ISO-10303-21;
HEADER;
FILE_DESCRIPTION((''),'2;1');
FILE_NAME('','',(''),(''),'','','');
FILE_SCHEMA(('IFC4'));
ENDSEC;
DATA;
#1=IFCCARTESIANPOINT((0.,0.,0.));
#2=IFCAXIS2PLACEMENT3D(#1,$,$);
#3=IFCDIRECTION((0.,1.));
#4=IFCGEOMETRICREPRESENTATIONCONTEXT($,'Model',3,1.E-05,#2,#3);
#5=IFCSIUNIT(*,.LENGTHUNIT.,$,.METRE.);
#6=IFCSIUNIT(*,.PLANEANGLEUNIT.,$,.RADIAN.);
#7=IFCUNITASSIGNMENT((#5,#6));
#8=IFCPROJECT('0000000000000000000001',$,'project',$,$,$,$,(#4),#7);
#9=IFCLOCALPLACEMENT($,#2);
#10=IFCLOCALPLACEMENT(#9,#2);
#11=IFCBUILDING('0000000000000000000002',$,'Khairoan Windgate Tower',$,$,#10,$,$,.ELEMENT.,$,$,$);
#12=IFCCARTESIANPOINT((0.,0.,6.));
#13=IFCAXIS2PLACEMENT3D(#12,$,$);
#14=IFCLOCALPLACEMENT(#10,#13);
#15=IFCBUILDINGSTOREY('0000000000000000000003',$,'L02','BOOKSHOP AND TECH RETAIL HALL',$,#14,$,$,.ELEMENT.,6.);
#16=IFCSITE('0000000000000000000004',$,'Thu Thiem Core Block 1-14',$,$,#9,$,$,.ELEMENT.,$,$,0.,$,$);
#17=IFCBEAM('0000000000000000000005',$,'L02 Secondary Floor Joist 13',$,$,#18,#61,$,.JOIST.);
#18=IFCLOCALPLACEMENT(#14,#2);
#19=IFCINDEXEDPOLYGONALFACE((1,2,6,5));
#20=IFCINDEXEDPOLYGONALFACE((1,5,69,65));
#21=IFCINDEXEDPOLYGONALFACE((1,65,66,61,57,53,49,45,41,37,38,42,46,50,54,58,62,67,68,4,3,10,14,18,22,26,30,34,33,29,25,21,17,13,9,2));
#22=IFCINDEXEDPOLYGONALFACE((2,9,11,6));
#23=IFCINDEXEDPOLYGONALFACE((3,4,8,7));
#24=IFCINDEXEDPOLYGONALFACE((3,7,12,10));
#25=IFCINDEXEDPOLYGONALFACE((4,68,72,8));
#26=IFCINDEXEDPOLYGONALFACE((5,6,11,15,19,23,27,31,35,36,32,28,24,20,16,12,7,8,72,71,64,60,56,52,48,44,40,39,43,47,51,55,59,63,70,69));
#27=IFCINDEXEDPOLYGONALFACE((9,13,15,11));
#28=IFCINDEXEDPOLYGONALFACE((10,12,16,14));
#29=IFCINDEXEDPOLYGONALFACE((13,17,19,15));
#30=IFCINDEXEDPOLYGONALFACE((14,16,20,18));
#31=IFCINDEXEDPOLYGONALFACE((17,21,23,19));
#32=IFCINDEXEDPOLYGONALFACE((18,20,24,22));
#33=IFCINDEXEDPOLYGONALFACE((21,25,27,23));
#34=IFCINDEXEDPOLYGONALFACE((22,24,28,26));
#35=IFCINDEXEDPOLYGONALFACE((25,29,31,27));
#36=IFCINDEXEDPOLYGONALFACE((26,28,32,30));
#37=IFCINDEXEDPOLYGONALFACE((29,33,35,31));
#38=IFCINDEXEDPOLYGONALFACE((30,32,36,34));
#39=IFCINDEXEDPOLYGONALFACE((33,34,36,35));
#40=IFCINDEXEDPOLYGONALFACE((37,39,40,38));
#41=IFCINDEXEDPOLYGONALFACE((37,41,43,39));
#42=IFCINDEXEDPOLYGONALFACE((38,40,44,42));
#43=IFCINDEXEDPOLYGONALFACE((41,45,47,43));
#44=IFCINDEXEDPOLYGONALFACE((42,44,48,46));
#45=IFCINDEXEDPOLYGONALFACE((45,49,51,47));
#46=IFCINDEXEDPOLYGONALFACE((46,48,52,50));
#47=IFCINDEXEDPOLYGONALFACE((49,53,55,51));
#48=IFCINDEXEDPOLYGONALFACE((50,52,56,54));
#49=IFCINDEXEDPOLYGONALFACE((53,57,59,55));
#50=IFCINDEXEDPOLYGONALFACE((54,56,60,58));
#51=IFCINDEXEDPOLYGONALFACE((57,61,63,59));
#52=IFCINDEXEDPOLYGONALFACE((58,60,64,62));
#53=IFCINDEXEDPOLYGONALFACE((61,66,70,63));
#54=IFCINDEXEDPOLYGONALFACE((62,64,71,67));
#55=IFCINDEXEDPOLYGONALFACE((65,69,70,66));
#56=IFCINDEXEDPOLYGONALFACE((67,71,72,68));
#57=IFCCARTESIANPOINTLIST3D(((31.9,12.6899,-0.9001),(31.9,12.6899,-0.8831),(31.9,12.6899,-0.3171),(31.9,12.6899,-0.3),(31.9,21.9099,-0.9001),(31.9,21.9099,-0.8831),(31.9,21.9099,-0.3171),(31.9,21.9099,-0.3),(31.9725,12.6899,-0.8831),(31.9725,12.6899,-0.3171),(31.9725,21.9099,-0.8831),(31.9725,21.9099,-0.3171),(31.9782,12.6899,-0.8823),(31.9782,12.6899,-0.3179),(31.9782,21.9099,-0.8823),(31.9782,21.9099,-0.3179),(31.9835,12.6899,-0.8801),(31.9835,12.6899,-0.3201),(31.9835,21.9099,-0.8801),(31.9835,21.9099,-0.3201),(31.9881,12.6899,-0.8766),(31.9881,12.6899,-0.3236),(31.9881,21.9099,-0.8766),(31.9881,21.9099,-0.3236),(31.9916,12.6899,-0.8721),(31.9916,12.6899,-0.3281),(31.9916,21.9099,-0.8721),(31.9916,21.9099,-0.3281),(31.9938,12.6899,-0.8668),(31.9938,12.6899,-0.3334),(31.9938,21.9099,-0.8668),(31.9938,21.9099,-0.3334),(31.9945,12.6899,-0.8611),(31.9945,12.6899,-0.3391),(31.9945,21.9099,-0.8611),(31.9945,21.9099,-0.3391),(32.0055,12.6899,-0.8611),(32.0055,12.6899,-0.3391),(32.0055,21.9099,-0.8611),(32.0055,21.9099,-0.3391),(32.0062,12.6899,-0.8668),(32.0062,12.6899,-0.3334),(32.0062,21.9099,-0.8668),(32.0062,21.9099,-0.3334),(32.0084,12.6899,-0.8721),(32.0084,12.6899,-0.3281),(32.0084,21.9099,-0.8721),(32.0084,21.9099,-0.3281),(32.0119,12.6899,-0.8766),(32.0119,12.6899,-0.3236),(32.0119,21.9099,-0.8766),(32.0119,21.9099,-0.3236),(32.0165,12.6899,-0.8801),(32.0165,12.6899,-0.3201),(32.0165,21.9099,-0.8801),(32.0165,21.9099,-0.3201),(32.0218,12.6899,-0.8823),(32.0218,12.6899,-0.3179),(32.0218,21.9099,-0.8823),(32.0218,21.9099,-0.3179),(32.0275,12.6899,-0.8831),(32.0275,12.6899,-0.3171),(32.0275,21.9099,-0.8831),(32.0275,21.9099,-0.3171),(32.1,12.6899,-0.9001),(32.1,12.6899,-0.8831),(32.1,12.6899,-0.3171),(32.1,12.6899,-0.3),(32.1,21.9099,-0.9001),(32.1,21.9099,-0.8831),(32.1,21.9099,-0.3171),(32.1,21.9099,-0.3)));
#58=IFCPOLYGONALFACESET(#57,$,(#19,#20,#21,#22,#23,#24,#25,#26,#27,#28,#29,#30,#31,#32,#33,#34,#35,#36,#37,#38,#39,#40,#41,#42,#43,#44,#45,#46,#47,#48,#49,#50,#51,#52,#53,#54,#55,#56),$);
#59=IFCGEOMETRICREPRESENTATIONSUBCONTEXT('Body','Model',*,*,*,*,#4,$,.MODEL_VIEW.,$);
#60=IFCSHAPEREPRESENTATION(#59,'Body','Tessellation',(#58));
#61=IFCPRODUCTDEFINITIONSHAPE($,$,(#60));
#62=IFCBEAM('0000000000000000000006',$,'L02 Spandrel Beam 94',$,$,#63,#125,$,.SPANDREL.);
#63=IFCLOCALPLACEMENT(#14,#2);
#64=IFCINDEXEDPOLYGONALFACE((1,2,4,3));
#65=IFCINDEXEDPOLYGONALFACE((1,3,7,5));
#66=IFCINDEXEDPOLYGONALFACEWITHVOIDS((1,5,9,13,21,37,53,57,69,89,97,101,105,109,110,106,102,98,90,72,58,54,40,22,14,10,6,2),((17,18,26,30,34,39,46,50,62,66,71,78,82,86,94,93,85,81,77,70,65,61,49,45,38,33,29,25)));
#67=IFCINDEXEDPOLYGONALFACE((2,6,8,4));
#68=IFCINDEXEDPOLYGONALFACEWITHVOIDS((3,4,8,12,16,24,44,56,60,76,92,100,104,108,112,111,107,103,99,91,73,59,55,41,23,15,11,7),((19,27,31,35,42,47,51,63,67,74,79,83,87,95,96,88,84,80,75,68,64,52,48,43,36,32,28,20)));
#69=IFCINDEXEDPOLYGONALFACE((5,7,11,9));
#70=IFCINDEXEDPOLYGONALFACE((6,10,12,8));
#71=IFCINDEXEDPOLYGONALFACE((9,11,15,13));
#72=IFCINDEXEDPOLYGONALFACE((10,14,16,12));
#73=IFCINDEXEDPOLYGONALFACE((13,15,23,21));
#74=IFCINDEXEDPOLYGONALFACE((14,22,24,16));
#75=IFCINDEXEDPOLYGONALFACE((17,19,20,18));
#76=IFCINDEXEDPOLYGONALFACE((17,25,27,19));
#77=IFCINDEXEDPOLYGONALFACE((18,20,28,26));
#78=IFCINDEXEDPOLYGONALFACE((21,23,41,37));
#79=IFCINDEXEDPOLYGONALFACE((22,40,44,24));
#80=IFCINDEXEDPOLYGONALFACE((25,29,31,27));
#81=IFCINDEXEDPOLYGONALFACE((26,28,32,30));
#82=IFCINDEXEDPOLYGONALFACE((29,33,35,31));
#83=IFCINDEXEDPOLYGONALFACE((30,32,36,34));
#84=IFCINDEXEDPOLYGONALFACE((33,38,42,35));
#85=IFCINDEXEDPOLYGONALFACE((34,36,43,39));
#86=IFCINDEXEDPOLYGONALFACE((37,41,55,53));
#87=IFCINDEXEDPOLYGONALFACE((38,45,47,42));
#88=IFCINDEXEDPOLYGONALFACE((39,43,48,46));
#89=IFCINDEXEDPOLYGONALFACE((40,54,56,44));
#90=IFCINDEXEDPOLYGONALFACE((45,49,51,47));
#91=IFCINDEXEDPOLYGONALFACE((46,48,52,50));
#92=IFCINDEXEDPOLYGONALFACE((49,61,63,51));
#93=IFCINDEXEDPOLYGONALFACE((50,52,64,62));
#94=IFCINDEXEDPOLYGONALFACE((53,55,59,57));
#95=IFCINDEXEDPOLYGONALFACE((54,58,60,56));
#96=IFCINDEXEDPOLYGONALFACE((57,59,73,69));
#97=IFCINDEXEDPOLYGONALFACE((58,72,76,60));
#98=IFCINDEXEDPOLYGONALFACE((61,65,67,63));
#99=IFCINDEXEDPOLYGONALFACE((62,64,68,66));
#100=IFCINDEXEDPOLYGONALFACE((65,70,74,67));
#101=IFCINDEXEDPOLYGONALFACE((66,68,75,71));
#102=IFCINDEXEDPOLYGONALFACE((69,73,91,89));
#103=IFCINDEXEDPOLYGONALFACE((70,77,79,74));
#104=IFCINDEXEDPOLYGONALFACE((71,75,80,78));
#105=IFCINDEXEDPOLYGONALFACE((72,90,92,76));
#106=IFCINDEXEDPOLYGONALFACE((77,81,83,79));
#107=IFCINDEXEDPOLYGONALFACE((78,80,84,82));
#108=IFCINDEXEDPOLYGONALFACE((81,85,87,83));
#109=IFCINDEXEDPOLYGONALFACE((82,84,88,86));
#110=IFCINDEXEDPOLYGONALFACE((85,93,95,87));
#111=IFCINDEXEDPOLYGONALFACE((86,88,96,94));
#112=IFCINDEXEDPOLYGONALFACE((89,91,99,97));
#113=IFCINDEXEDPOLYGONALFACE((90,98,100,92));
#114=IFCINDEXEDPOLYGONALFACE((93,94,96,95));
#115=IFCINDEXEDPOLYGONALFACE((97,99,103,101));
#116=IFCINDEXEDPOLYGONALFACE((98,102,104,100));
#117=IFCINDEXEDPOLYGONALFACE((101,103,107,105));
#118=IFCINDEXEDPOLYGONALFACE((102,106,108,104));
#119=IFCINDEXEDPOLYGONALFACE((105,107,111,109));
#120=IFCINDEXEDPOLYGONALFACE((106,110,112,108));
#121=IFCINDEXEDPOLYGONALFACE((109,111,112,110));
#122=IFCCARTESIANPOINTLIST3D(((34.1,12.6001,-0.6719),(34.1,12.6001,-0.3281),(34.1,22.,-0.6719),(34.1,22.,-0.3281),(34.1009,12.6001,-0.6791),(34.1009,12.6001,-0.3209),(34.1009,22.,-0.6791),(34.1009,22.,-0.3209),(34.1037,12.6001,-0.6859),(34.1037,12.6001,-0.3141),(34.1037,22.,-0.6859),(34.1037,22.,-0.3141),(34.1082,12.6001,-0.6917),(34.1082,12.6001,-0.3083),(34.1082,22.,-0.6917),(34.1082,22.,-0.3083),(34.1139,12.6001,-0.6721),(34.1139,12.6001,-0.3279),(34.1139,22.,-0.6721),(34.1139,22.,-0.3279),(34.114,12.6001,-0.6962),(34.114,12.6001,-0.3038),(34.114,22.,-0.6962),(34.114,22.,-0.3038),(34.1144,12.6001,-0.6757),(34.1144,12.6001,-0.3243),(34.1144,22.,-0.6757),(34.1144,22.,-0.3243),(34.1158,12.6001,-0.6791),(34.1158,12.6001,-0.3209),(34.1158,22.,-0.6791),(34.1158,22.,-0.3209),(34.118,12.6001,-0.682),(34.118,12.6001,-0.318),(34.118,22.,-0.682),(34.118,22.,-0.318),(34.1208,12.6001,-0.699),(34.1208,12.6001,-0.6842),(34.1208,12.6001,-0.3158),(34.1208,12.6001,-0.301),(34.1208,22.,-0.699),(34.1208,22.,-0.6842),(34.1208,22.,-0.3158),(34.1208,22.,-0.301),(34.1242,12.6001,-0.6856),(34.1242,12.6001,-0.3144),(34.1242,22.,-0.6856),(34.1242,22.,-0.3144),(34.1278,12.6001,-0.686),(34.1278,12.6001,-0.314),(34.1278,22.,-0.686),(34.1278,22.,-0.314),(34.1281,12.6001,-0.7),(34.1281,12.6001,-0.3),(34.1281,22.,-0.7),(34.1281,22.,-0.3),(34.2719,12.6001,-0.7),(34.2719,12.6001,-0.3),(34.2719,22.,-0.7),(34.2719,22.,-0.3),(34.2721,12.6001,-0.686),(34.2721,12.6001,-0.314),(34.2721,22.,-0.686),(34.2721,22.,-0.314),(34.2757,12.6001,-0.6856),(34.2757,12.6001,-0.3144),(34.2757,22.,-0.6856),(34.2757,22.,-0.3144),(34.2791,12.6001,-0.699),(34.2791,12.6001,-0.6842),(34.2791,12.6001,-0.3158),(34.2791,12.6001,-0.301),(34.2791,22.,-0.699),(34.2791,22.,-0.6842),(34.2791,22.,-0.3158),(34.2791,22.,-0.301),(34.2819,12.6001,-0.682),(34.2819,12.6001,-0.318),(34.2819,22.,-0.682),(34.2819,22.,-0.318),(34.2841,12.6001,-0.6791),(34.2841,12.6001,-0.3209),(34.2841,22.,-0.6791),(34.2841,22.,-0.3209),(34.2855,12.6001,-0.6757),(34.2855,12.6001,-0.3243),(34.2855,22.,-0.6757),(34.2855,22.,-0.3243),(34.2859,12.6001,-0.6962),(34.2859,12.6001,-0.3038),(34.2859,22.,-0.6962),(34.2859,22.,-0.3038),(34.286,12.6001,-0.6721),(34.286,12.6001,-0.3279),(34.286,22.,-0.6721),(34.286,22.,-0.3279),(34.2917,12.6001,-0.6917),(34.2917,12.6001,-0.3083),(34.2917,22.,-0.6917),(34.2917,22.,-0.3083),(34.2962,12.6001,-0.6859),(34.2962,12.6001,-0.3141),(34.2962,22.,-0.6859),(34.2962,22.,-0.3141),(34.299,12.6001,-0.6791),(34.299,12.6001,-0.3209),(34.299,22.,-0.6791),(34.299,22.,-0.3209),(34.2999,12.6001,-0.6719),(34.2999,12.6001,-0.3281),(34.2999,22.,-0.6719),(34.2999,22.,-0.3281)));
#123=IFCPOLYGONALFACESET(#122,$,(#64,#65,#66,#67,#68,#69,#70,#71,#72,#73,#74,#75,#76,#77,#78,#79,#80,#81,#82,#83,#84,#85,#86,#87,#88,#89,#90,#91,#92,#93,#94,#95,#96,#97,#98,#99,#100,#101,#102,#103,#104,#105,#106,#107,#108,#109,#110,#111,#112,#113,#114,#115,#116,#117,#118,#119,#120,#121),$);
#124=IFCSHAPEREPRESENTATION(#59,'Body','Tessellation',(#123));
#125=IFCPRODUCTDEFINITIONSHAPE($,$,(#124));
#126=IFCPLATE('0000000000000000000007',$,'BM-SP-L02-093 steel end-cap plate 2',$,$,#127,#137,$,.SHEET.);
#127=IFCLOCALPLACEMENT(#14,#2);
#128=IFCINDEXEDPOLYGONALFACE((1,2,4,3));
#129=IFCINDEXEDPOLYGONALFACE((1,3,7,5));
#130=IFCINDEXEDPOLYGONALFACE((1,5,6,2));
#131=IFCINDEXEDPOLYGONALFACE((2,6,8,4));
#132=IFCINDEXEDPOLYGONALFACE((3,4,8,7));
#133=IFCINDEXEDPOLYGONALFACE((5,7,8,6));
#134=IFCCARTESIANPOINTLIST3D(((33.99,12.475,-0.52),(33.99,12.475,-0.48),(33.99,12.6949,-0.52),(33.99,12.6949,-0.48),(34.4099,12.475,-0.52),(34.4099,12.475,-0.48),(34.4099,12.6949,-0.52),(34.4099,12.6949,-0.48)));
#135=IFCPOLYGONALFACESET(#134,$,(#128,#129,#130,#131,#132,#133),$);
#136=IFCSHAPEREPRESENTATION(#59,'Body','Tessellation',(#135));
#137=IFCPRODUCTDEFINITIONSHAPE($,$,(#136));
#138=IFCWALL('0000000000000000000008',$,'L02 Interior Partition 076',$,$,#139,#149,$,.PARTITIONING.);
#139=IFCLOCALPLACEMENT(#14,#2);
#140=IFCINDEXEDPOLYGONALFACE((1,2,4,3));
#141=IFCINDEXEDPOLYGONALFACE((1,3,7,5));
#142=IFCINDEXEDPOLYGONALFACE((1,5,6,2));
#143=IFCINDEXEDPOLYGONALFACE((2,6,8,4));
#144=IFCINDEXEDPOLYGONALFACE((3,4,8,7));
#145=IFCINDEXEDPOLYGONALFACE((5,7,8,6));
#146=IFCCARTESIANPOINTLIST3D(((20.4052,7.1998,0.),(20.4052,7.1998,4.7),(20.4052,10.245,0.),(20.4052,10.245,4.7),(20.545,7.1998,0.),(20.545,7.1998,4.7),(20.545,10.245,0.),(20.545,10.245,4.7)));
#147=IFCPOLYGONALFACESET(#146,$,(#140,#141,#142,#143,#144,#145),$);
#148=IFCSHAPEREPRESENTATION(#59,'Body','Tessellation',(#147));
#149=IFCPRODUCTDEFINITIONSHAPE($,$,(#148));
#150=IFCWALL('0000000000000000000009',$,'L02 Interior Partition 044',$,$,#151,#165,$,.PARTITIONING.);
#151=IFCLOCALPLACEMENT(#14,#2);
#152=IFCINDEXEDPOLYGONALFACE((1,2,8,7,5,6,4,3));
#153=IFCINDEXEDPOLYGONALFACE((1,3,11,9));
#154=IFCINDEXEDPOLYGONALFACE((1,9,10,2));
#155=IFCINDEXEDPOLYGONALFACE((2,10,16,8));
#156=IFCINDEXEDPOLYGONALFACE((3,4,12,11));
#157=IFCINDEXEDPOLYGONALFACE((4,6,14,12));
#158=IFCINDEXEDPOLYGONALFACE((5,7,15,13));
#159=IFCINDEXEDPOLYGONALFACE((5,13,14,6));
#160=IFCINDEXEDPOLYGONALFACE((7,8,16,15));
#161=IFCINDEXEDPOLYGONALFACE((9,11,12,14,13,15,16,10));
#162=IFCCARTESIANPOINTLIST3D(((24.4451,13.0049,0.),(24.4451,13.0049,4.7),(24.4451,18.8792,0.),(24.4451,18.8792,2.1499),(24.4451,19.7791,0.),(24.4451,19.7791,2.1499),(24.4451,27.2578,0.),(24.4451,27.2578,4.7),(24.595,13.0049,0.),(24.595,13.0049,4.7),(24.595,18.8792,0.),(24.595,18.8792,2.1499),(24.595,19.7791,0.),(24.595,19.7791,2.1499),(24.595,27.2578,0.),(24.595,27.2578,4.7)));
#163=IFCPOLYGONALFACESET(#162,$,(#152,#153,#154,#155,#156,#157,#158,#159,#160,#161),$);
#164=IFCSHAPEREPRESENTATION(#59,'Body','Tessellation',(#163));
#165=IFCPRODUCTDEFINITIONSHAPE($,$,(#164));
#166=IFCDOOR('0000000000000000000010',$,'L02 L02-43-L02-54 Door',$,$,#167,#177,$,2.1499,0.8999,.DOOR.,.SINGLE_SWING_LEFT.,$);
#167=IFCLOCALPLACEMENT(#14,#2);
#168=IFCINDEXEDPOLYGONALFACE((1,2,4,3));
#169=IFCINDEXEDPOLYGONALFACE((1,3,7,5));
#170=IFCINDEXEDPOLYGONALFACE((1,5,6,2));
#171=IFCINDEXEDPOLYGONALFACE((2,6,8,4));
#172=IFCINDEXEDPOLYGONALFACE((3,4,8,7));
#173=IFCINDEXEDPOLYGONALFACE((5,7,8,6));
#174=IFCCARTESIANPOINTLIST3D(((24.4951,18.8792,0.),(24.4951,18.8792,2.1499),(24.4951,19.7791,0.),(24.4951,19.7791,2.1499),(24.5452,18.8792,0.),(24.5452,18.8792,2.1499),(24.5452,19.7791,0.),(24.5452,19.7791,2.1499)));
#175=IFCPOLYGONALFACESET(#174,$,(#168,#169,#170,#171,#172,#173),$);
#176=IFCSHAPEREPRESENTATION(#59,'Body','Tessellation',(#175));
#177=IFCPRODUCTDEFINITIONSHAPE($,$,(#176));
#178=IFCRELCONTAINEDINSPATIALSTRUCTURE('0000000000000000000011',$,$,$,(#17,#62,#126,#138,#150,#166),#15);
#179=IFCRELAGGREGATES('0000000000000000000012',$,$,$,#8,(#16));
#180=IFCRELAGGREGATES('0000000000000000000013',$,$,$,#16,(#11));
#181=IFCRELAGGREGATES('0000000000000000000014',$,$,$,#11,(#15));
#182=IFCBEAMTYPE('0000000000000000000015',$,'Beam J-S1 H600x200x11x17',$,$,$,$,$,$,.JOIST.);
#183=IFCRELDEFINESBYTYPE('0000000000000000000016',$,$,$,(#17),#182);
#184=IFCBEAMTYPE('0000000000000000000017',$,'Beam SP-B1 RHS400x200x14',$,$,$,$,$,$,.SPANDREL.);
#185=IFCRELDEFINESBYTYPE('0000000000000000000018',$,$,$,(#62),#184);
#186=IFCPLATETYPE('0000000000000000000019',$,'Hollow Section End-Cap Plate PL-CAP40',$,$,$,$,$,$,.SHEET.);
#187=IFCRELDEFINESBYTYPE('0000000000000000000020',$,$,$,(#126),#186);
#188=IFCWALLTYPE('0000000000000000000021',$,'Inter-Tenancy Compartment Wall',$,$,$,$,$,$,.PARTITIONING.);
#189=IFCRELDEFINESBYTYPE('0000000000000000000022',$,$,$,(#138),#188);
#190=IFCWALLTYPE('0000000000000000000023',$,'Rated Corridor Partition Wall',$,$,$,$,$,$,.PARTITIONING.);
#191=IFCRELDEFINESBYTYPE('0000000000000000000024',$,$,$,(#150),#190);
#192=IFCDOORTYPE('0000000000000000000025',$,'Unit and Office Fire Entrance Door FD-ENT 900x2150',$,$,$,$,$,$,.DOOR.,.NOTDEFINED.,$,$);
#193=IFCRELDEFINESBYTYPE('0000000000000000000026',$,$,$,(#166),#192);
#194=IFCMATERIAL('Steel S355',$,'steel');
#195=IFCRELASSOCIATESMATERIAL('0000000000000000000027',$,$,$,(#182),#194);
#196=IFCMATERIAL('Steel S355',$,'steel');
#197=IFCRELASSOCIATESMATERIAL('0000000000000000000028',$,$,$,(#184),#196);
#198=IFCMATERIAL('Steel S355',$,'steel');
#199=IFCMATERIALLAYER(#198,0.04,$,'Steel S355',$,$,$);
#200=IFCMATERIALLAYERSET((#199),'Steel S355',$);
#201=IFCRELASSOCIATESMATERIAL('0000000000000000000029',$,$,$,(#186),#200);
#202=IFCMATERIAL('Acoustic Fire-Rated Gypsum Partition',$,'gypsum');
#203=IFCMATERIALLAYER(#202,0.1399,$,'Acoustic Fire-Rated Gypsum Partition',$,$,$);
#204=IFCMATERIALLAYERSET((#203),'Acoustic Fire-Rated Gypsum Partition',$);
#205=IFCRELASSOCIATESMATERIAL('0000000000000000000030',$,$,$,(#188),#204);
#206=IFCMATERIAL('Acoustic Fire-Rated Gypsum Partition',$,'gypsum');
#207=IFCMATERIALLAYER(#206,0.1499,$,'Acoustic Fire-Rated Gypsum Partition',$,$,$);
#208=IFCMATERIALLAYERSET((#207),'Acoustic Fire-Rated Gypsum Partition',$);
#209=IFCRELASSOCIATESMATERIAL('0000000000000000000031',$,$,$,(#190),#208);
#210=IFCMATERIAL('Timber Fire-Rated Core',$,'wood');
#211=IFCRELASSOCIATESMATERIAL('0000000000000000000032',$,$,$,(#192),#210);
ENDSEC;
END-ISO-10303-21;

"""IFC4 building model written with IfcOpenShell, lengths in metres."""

from ifc_helpers import new_model, si_unit, direction, frame, frame_2d, origin, origin_2d, place, context, subcontext, project, spatial, rectangle, hollow_rectangle, i_section, extrude, material, layer, layer_set, material_profile, profile_set, type_object, element, fill, save


model = new_model("IFC4")

# Units and contexts
model_context = context("Model", 3, precision=1e-05, world=origin(), true_north=direction((0.0, 1.0)))
body_context = subcontext(model_context, "Body", "Model", "MODEL_VIEW")
ifc_project = project(units=[si_unit("LENGTHUNIT", "METRE"), si_unit("PLANEANGLEUNIT", "RADIAN")], contexts=[model_context])

# Site, building, storey
site_placement = place(None, origin())
site = spatial("IfcSite", under=ifc_project, at=site_placement, Name="Thu Thiem Core Block 1-14", CompositionType="ELEMENT", RefElevation=0.0)
building_placement = place(site_placement, origin())
building = spatial("IfcBuilding", under=site, at=building_placement, Name="Khairoan Windgate Tower", CompositionType="ELEMENT")
storey_placement = place(building_placement, frame((0.0, 0.0, 6.0)))
storey = spatial("IfcBuildingStorey", under=building, at=storey_placement, Name="L02", Description="BOOKSHOP AND TECH RETAIL HALL", CompositionType="ELEMENT", Elevation=6.0)

# Beams
ifc_material_1 = material(Name="Steel S355", Category="steel")
ifc_material_profile_1 = material_profile(ifc_material_1, i_section(OverallWidth=0.2, OverallDepth=0.6001, WebThickness=0.011, FlangeThickness=0.0171, FilletRadius=0.022, at=origin_2d()))
ifc_profile_set_1 = profile_set([ifc_material_profile_1], Name="Steel S355")
beam_type_1 = type_object("IfcBeamType", Name="Beam J-S1 H600x200x11x17", PredefinedType="JOIST", material=ifc_profile_set_1)
beam_1_placement = place(storey_placement, frame((32.0, 12.6899, -0.6001), z_axis=(0.0, 1.0, 0.0), x_axis=(-1.0, 0.0, 0.0)))
element("IfcBeam", 1, at=beam_1_placement, inside=storey, type_object=beam_type_1, Name="L02 Secondary Floor Joist 13", PredefinedType="JOIST", context=body_context, shape_type="SweptSolid", body=[
    extrude(i_section(OverallWidth=0.2, OverallDepth=0.6001, WebThickness=0.011, FlangeThickness=0.0171, FilletRadius=0.022, at=origin_2d()), origin(), (0.0, 0.0, 1.0), 9.22),
])
ifc_material_2 = material(Name="Steel S355", Category="steel")
ifc_material_profile_2 = material_profile(ifc_material_2, hollow_rectangle(XDim=0.2, YDim=0.3999, WallThickness=0.0139, InnerFilletRadius=0.0139, OuterFilletRadius=0.0281, at=origin_2d()))
ifc_profile_set_2 = profile_set([ifc_material_profile_2], Name="Steel S355")
beam_type_2 = type_object("IfcBeamType", Name="Beam SP-B1 RHS400x200x14", PredefinedType="SPANDREL", material=ifc_profile_set_2)
beam_2_placement = place(storey_placement, frame((34.2, 12.6001, -0.5), z_axis=(0.0, 1.0, 0.0), x_axis=(-1.0, 0.0, 0.0)))
element("IfcBeam", 2, at=beam_2_placement, inside=storey, type_object=beam_type_2, Name="L02 Spandrel Beam 94", PredefinedType="SPANDREL", context=body_context, shape_type="SweptSolid", body=[
    extrude(hollow_rectangle(XDim=0.2, YDim=0.3999, WallThickness=0.0139, InnerFilletRadius=0.0139, OuterFilletRadius=0.0281, at=origin_2d()), origin(), (0.0, 0.0, 1.0), 9.3999),
])

# Plate
ifc_material_3 = material(Name="Steel S355", Category="steel")
ifc_layer_1 = layer(ifc_material_3, 0.04, Name="Steel S355")
ifc_layer_set_1 = layer_set([ifc_layer_1], Name="Steel S355")
plate_type = type_object("IfcPlateType", Name="Hollow Section End-Cap Plate PL-CAP40", PredefinedType="SHEET", material=ifc_layer_set_1)
plate_placement = place(storey_placement, frame((34.2, 12.585, -0.52), z_axis=(0.0, 0.0, 1.0), x_axis=(0.0, 1.0, 0.0)))
element("IfcPlate", 3, at=plate_placement, inside=storey, type_object=plate_type, Name="BM-SP-L02-093 steel end-cap plate 2", PredefinedType="SHEET", context=body_context, shape_type="SweptSolid", body=[
    extrude(rectangle(XDim=0.22, YDim=0.4199, at=origin_2d()), origin(), (0.0, 0.0, 1.0), 0.04),
])

# Wall
ifc_material_4 = material(Name="Acoustic Fire-Rated Gypsum Partition", Category="gypsum")
ifc_layer_2 = layer(ifc_material_4, 0.1399, Name="Acoustic Fire-Rated Gypsum Partition")
ifc_layer_set_2 = layer_set([ifc_layer_2], Name="Acoustic Fire-Rated Gypsum Partition")
wall_type_1 = type_object("IfcWallType", Name="Inter-Tenancy Compartment Wall", PredefinedType="PARTITIONING", material=ifc_layer_set_2)
wall_1_placement = place(storey_placement, frame((20.4751, 7.2, 0.0), z_axis=(0.0, 0.0, 1.0), x_axis=(0.0, 1.0, 0.0)))
element("IfcWall", 4, at=wall_1_placement, inside=storey, type_object=wall_type_1, Name="L02 Interior Partition 076", PredefinedType="PARTITIONING", context=body_context, shape_type="SweptSolid", body=[
    extrude(rectangle(XDim=3.0452, YDim=0.1399, at=frame_2d((1.5225, 0.0))), origin(), (0.0, 0.0, 1.0), 4.7),
])

# Wall, opening, door
ifc_material_5 = material(Name="Acoustic Fire-Rated Gypsum Partition", Category="gypsum")
ifc_layer_3 = layer(ifc_material_5, 0.1499, Name="Acoustic Fire-Rated Gypsum Partition")
ifc_layer_set_3 = layer_set([ifc_layer_3], Name="Acoustic Fire-Rated Gypsum Partition")
wall_type_2 = type_object("IfcWallType", Name="Rated Corridor Partition Wall", PredefinedType="PARTITIONING", material=ifc_layer_set_3)
wall_2_placement = place(storey_placement, frame((24.52, 13.0049, 0.0), z_axis=(0.0, 0.0, 1.0), x_axis=(0.0, 1.0, 0.0)))
wall_2 = element("IfcWall", 5, at=wall_2_placement, inside=storey, type_object=wall_type_2, Name="L02 Interior Partition 044", PredefinedType="PARTITIONING", context=body_context, shape_type="SweptSolid", body=[
    extrude(rectangle(XDim=14.2529, YDim=0.1499, at=frame_2d((7.1265, 0.0))), origin(), (0.0, 0.0, 1.0), 4.7),
])
opening_1_placement = place(wall_2_placement, frame((5.8743, 0.0, 0.0)))
opening_1 = element("IfcOpeningElement", 6, at=opening_1_placement, cuts=wall_2, PredefinedType="OPENING", context=body_context, shape_type="SweptSolid", body=[
    extrude(rectangle(XDim=0.8999, YDim=2.1499, at=frame_2d((0.45, 1.075))), frame((0.0, 0.085, 0.0), z_axis=(0.0, -1.0, 0.0), x_axis=(1.0, 0.0, 0.0)), (0.0, 0.0, 1.0), 0.1699),
])
ifc_material_6 = material(Name="Timber Fire-Rated Core", Category="wood")
door_type = type_object("IfcDoorType", Name="Unit and Office Fire Entrance Door FD-ENT 900x2150", OperationType="NOTDEFINED", PredefinedType="DOOR", material=ifc_material_6)
door_1_placement = place(opening_1_placement, origin())
door_1 = element("IfcDoor", 7, at=door_1_placement, inside=storey, type_object=door_type, Name="L02 L02-43-L02-54 Door", OperationType="SINGLE_SWING_LEFT", OverallHeight=2.1499, OverallWidth=0.8999, PredefinedType="DOOR", context=body_context, shape_type="SweptSolid", body=[
    extrude(rectangle(XDim=0.8999, YDim=2.1499, at=frame_2d((0.45, 1.075))), frame((0.0, 0.0249, 0.0), z_axis=(0.0, -1.0, 0.0), x_axis=(1.0, 0.0, 0.0)), (0.0, 0.0, 1.0), 0.05),
])
fill(opening_1, door_1)

save(model, "model.ifc")
